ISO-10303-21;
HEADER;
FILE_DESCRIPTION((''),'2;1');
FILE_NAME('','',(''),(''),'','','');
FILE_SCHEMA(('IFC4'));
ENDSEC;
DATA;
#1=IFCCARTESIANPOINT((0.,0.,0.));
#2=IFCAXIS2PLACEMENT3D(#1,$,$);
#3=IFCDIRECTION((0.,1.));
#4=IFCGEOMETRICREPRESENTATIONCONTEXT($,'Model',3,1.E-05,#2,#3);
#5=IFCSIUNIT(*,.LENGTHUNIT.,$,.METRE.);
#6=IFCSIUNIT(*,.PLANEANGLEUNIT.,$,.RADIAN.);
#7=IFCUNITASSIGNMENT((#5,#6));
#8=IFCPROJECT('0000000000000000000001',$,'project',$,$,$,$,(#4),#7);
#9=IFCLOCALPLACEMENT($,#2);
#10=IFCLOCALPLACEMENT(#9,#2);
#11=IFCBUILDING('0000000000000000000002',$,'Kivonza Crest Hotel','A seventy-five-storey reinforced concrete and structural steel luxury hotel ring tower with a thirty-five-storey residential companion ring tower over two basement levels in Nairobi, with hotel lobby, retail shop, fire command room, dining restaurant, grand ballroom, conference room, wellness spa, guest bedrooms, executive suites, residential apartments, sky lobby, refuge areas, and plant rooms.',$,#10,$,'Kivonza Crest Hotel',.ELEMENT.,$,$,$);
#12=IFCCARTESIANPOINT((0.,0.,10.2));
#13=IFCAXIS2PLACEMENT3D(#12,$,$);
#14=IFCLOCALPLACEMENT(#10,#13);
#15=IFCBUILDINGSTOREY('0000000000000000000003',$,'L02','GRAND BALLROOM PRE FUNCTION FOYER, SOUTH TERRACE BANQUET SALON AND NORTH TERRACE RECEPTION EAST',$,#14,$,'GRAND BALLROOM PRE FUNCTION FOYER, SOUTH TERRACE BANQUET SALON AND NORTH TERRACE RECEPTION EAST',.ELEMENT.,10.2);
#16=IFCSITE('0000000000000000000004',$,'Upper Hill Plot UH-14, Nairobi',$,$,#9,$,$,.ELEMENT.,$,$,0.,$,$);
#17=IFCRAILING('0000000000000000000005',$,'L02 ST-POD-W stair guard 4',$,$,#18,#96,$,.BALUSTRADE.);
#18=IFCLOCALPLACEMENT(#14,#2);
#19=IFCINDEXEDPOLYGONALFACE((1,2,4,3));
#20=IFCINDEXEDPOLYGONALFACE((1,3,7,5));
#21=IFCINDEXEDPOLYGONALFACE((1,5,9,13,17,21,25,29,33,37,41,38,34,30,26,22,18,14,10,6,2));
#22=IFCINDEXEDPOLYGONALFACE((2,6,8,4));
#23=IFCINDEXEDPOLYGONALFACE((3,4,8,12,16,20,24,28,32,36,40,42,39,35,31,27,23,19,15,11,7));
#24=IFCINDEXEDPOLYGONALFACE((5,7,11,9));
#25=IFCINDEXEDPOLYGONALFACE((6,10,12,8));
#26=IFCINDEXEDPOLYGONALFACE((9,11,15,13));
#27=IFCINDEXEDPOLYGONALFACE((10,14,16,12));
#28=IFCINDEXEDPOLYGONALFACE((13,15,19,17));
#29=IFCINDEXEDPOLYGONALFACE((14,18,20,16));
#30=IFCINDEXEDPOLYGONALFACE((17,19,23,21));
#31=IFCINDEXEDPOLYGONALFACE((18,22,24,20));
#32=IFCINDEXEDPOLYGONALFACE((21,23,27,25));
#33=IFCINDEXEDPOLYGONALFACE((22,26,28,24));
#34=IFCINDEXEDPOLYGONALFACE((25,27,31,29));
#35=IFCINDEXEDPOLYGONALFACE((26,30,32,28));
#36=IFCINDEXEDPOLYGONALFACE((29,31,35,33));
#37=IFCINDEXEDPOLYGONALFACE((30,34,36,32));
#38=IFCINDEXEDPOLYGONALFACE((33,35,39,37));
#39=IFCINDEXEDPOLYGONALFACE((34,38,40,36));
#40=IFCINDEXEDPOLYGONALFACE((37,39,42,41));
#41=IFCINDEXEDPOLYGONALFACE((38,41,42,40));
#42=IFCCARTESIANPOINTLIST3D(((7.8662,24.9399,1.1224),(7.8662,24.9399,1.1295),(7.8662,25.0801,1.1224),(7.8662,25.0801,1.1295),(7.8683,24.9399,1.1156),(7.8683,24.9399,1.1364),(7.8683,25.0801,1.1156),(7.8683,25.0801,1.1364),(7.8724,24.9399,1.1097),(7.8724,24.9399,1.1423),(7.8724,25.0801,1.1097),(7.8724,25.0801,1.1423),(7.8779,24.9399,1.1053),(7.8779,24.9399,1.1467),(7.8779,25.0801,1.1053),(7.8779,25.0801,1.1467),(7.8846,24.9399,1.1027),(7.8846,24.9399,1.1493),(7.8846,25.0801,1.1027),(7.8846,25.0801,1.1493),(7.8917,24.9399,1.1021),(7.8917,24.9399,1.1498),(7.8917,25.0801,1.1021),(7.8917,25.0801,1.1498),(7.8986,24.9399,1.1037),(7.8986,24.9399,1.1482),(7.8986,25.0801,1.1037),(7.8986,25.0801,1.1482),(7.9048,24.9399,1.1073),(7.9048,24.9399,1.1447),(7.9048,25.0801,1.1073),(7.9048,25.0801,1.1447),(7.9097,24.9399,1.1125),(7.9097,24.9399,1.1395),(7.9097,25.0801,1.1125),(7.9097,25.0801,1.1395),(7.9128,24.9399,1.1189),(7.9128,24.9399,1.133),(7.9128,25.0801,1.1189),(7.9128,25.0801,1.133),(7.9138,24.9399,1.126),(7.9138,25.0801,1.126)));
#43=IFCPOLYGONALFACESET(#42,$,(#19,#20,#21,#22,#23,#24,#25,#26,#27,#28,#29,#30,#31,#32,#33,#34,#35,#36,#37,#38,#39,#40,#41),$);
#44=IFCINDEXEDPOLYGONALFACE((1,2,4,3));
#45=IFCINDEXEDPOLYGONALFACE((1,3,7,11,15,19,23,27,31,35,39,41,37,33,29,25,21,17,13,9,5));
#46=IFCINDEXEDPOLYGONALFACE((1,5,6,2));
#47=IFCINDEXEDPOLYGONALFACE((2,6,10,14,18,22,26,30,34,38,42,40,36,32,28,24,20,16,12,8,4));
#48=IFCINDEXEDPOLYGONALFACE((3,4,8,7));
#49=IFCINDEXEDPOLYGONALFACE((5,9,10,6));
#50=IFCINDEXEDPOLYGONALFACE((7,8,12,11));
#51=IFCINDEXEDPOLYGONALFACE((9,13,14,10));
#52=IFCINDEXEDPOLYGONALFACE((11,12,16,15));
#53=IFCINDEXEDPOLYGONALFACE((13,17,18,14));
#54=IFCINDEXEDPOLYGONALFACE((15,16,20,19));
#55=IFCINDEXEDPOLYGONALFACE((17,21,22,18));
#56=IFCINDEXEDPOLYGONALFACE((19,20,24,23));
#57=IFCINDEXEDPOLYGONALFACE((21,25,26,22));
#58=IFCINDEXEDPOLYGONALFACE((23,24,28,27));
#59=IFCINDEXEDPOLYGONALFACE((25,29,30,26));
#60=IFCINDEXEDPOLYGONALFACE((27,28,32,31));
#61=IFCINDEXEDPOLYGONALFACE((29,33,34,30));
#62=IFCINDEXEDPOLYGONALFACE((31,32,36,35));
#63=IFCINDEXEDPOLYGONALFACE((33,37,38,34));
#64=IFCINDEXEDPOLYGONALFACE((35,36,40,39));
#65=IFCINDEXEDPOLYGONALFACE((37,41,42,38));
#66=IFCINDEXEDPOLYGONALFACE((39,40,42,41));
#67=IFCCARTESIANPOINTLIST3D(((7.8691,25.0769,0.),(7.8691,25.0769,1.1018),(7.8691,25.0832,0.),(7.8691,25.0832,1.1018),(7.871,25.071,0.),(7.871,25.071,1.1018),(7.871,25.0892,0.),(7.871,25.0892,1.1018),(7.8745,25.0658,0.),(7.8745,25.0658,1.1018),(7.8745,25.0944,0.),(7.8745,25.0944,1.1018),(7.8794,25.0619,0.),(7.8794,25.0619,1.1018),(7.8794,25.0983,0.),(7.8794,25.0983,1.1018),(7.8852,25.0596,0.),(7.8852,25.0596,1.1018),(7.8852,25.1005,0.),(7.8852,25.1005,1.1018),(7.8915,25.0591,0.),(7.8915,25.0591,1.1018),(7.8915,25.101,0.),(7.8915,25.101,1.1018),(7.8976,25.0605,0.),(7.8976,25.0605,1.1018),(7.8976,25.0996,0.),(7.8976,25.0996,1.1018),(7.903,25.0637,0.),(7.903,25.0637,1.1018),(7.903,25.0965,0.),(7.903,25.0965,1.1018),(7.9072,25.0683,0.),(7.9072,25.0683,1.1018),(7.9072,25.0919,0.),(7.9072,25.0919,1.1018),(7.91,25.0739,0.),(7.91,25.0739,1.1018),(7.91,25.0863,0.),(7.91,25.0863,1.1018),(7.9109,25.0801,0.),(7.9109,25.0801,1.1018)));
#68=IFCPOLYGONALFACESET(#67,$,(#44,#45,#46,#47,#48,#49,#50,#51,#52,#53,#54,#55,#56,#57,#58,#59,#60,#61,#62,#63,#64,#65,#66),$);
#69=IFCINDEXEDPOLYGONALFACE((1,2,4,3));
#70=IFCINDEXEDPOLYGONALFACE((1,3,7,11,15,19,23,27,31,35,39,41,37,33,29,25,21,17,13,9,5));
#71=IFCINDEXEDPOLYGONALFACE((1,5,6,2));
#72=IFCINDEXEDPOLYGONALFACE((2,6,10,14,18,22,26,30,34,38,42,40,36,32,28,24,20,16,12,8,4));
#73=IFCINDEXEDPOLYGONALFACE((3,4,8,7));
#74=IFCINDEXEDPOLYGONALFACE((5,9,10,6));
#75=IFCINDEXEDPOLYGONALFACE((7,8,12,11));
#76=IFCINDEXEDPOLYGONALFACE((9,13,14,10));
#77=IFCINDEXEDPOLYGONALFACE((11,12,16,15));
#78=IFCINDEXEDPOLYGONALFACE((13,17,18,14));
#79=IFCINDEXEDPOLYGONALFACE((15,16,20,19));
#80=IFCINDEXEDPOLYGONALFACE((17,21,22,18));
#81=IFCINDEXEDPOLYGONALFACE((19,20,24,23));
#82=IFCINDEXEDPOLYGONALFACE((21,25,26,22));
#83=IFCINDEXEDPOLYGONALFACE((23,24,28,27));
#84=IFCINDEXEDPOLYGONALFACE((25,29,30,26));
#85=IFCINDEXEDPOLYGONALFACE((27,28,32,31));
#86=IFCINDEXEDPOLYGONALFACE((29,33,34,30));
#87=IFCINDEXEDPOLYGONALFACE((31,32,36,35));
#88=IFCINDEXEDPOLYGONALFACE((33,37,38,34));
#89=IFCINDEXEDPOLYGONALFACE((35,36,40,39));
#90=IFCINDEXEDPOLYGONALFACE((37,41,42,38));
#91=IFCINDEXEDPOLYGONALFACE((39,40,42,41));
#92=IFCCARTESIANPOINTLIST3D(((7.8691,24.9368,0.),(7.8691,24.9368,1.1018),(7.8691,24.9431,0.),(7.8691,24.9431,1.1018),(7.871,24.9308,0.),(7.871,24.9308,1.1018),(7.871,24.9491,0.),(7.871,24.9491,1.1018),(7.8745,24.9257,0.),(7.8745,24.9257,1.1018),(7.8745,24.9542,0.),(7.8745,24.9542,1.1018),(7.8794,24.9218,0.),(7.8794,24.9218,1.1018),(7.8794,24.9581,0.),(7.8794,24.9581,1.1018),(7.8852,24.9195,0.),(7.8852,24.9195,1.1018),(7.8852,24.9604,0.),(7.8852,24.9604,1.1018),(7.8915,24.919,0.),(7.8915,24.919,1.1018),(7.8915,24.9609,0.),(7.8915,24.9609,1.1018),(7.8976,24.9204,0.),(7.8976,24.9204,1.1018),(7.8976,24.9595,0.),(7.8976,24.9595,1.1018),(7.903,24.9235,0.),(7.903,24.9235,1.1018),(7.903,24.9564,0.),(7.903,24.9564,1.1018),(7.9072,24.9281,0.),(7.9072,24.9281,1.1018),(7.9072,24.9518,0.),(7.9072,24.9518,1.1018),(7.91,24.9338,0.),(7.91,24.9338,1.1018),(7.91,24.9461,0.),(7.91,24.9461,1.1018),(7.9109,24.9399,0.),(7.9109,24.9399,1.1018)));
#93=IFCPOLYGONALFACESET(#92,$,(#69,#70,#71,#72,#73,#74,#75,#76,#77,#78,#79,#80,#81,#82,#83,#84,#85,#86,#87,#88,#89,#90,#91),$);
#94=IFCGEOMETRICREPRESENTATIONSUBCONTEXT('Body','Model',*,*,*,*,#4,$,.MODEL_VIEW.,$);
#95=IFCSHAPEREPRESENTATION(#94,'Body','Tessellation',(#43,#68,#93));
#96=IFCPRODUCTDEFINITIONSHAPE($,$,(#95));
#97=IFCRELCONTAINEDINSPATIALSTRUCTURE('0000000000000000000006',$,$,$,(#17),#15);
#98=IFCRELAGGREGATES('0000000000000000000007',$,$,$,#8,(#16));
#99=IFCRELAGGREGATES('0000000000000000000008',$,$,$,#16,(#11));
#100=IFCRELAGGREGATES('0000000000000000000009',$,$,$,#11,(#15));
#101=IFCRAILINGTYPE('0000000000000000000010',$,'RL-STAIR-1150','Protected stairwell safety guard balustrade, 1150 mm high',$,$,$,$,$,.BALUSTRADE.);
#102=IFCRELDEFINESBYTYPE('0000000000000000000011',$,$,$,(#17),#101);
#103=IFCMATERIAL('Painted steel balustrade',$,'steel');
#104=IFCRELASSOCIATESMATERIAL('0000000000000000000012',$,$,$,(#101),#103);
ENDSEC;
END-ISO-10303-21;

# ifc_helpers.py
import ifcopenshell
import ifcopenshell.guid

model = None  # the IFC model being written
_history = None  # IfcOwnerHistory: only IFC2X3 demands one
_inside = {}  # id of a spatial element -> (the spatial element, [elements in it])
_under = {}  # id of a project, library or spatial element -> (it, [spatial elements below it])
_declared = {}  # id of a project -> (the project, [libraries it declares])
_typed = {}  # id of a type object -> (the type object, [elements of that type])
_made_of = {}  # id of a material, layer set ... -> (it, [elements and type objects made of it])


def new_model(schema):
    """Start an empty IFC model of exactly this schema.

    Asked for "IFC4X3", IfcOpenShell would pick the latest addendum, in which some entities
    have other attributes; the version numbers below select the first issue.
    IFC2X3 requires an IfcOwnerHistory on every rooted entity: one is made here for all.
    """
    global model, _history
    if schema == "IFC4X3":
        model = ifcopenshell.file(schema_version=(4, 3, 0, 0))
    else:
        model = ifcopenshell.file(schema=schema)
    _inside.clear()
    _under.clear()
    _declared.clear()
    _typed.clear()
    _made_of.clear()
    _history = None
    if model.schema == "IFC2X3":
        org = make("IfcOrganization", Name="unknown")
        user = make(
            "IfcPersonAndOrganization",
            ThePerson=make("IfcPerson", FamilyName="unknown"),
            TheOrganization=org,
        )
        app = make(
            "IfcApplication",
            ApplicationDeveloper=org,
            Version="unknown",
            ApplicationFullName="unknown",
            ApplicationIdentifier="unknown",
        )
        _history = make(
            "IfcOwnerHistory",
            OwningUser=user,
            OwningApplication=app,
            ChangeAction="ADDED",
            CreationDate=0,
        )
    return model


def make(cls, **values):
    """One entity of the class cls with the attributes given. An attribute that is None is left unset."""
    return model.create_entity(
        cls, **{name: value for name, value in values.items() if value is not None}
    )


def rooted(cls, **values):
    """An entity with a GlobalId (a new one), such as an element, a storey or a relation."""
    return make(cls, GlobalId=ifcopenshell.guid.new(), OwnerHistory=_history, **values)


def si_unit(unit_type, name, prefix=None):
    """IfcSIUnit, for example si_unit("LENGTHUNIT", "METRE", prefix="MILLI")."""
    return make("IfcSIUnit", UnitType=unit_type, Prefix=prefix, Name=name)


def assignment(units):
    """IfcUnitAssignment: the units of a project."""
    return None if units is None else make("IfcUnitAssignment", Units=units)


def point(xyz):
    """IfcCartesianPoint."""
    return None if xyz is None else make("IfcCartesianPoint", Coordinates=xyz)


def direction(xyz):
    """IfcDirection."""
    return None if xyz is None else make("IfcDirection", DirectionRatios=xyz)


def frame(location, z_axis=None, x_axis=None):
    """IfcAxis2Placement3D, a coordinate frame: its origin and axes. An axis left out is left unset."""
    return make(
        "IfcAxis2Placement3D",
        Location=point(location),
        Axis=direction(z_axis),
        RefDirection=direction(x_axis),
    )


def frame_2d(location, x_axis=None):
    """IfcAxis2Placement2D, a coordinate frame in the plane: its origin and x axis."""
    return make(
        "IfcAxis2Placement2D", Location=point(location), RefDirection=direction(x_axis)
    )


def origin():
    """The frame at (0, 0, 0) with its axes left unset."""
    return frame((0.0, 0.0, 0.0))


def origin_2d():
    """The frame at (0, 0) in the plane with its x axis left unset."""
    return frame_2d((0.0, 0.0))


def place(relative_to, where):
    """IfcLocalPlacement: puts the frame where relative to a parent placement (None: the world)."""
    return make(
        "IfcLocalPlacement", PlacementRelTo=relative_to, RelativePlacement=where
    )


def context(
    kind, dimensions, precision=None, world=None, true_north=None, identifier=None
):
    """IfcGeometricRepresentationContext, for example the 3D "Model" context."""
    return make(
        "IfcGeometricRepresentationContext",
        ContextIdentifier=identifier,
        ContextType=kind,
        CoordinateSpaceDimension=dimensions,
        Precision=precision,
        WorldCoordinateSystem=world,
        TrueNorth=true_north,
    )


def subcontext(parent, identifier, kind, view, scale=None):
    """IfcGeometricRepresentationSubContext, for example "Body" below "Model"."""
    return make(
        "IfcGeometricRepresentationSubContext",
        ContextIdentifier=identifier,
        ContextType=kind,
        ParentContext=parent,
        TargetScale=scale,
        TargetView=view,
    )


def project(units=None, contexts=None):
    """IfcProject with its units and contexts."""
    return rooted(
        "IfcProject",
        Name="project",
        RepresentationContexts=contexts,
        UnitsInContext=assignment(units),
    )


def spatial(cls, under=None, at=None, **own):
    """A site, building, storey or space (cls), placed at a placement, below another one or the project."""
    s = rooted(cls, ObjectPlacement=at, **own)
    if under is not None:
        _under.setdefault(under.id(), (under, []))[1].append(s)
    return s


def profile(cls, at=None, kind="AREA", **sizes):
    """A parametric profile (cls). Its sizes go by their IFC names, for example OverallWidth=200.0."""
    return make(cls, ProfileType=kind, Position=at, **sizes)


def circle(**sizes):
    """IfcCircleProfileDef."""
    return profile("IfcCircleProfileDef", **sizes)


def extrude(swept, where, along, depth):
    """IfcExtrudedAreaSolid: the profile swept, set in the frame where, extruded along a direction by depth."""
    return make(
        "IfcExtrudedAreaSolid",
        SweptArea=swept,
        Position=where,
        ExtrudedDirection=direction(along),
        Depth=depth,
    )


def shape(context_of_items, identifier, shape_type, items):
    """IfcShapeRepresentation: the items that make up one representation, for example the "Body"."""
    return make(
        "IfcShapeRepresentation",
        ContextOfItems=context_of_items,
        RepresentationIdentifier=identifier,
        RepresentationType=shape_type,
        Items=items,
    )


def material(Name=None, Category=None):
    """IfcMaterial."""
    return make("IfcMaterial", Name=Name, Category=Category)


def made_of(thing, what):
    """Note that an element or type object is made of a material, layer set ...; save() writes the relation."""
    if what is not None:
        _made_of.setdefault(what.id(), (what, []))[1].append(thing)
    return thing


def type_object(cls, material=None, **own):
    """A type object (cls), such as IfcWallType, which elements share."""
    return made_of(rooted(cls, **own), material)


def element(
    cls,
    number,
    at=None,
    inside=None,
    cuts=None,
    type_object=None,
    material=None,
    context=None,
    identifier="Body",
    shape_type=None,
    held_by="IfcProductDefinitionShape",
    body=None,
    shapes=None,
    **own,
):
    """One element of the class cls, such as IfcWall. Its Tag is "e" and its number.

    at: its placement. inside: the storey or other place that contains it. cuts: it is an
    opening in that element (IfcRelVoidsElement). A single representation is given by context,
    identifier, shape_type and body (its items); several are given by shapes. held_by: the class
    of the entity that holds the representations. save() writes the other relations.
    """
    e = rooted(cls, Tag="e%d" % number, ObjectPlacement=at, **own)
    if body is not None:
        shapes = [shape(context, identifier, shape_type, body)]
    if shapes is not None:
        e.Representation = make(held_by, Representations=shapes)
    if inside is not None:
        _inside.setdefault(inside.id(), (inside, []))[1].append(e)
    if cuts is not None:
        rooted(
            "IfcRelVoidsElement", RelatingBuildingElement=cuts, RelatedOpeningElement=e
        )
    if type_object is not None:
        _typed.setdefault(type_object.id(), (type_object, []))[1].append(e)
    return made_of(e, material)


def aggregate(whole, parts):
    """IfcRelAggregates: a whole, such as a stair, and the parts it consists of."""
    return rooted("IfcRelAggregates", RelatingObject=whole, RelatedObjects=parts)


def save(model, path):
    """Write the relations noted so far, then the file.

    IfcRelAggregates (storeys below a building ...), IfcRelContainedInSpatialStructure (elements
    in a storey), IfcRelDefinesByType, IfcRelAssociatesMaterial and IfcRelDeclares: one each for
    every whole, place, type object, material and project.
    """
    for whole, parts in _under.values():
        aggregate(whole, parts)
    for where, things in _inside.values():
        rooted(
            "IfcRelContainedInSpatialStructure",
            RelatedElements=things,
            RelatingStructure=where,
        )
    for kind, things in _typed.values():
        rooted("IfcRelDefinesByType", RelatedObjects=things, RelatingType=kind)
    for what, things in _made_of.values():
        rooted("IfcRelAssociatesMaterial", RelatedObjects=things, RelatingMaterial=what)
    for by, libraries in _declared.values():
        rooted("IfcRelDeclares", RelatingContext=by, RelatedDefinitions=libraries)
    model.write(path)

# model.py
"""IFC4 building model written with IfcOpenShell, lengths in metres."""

from ifc_helpers import new_model, si_unit, direction, frame, origin, origin_2d, place, context, subcontext, project, spatial, circle, extrude, material, type_object, element, save


model = new_model("IFC4")

# Units and contexts
model_context = context("Model", 3, precision=1e-05, world=origin(), true_north=direction((0.0, 1.0)))
body_context = subcontext(model_context, "Body", "Model", "MODEL_VIEW")
ifc_project = project(units=[si_unit("LENGTHUNIT", "METRE"), si_unit("PLANEANGLEUNIT", "RADIAN")], contexts=[model_context])

# Site, building, storey
site_placement = place(None, origin())
site = spatial("IfcSite", under=ifc_project, at=site_placement, Name="Upper Hill Plot UH-14, Nairobi", CompositionType="ELEMENT", RefElevation=0.0)
building_placement = place(site_placement, origin())
building = spatial("IfcBuilding", under=site, at=building_placement, Name="Kivonza Crest Hotel", Description="A seventy-five-storey reinforced concrete and structural steel luxury hotel ring tower with a thirty-five-storey residential companion ring tower over two basement levels in Nairobi, with hotel lobby, retail shop, fire command room, dining restaurant, grand ballroom, conference room, wellness spa, guest bedrooms, executive suites, residential apartments, sky lobby, refuge areas, and plant rooms.", LongName="Kivonza Crest Hotel", CompositionType="ELEMENT")
storey_placement = place(building_placement, frame((0.0, 0.0, 10.2)))
storey = spatial("IfcBuildingStorey", under=building, at=storey_placement, Name="L02", Description="GRAND BALLROOM PRE FUNCTION FOYER, SOUTH TERRACE BANQUET SALON AND NORTH TERRACE RECEPTION EAST", LongName="GRAND BALLROOM PRE FUNCTION FOYER, SOUTH TERRACE BANQUET SALON AND NORTH TERRACE RECEPTION EAST", CompositionType="ELEMENT", Elevation=10.2)

# Railing
ifc_material_1 = material(Name="Painted steel balustrade", Category="steel")
railing_type_1 = type_object("IfcRailingType", Name="RL-STAIR-1150", Description="Protected stairwell safety guard balustrade, 1150 mm high", PredefinedType="BALUSTRADE", material=ifc_material_1)
railing_1_placement = place(storey_placement, frame((7.8899, 25.0801, 0.0)))
element("IfcRailing", 1, at=railing_1_placement, inside=storey, type_object=railing_type_1, Name="L02 ST-POD-W stair guard 4", PredefinedType="BALUSTRADE", context=body_context, shape_type="SweptSolid", body=[
    extrude(circle(Radius=0.0239, at=origin_2d()), frame((0.0, 0.0, 1.126), z_axis=(0.0, -1.0, 0.0), x_axis=(1.0, 0.0, 0.0)), (0.0, 0.0, 1.0), 0.1401),
    extrude(circle(Radius=0.021, at=origin_2d()), origin(), (0.0, 0.0, 1.0), 1.1018),
    extrude(circle(Radius=0.021, at=origin_2d()), frame((0.0, -0.1401, 0.0)), (0.0, 0.0, 1.0), 1.1018),
])

save(model, "model.ifc")
